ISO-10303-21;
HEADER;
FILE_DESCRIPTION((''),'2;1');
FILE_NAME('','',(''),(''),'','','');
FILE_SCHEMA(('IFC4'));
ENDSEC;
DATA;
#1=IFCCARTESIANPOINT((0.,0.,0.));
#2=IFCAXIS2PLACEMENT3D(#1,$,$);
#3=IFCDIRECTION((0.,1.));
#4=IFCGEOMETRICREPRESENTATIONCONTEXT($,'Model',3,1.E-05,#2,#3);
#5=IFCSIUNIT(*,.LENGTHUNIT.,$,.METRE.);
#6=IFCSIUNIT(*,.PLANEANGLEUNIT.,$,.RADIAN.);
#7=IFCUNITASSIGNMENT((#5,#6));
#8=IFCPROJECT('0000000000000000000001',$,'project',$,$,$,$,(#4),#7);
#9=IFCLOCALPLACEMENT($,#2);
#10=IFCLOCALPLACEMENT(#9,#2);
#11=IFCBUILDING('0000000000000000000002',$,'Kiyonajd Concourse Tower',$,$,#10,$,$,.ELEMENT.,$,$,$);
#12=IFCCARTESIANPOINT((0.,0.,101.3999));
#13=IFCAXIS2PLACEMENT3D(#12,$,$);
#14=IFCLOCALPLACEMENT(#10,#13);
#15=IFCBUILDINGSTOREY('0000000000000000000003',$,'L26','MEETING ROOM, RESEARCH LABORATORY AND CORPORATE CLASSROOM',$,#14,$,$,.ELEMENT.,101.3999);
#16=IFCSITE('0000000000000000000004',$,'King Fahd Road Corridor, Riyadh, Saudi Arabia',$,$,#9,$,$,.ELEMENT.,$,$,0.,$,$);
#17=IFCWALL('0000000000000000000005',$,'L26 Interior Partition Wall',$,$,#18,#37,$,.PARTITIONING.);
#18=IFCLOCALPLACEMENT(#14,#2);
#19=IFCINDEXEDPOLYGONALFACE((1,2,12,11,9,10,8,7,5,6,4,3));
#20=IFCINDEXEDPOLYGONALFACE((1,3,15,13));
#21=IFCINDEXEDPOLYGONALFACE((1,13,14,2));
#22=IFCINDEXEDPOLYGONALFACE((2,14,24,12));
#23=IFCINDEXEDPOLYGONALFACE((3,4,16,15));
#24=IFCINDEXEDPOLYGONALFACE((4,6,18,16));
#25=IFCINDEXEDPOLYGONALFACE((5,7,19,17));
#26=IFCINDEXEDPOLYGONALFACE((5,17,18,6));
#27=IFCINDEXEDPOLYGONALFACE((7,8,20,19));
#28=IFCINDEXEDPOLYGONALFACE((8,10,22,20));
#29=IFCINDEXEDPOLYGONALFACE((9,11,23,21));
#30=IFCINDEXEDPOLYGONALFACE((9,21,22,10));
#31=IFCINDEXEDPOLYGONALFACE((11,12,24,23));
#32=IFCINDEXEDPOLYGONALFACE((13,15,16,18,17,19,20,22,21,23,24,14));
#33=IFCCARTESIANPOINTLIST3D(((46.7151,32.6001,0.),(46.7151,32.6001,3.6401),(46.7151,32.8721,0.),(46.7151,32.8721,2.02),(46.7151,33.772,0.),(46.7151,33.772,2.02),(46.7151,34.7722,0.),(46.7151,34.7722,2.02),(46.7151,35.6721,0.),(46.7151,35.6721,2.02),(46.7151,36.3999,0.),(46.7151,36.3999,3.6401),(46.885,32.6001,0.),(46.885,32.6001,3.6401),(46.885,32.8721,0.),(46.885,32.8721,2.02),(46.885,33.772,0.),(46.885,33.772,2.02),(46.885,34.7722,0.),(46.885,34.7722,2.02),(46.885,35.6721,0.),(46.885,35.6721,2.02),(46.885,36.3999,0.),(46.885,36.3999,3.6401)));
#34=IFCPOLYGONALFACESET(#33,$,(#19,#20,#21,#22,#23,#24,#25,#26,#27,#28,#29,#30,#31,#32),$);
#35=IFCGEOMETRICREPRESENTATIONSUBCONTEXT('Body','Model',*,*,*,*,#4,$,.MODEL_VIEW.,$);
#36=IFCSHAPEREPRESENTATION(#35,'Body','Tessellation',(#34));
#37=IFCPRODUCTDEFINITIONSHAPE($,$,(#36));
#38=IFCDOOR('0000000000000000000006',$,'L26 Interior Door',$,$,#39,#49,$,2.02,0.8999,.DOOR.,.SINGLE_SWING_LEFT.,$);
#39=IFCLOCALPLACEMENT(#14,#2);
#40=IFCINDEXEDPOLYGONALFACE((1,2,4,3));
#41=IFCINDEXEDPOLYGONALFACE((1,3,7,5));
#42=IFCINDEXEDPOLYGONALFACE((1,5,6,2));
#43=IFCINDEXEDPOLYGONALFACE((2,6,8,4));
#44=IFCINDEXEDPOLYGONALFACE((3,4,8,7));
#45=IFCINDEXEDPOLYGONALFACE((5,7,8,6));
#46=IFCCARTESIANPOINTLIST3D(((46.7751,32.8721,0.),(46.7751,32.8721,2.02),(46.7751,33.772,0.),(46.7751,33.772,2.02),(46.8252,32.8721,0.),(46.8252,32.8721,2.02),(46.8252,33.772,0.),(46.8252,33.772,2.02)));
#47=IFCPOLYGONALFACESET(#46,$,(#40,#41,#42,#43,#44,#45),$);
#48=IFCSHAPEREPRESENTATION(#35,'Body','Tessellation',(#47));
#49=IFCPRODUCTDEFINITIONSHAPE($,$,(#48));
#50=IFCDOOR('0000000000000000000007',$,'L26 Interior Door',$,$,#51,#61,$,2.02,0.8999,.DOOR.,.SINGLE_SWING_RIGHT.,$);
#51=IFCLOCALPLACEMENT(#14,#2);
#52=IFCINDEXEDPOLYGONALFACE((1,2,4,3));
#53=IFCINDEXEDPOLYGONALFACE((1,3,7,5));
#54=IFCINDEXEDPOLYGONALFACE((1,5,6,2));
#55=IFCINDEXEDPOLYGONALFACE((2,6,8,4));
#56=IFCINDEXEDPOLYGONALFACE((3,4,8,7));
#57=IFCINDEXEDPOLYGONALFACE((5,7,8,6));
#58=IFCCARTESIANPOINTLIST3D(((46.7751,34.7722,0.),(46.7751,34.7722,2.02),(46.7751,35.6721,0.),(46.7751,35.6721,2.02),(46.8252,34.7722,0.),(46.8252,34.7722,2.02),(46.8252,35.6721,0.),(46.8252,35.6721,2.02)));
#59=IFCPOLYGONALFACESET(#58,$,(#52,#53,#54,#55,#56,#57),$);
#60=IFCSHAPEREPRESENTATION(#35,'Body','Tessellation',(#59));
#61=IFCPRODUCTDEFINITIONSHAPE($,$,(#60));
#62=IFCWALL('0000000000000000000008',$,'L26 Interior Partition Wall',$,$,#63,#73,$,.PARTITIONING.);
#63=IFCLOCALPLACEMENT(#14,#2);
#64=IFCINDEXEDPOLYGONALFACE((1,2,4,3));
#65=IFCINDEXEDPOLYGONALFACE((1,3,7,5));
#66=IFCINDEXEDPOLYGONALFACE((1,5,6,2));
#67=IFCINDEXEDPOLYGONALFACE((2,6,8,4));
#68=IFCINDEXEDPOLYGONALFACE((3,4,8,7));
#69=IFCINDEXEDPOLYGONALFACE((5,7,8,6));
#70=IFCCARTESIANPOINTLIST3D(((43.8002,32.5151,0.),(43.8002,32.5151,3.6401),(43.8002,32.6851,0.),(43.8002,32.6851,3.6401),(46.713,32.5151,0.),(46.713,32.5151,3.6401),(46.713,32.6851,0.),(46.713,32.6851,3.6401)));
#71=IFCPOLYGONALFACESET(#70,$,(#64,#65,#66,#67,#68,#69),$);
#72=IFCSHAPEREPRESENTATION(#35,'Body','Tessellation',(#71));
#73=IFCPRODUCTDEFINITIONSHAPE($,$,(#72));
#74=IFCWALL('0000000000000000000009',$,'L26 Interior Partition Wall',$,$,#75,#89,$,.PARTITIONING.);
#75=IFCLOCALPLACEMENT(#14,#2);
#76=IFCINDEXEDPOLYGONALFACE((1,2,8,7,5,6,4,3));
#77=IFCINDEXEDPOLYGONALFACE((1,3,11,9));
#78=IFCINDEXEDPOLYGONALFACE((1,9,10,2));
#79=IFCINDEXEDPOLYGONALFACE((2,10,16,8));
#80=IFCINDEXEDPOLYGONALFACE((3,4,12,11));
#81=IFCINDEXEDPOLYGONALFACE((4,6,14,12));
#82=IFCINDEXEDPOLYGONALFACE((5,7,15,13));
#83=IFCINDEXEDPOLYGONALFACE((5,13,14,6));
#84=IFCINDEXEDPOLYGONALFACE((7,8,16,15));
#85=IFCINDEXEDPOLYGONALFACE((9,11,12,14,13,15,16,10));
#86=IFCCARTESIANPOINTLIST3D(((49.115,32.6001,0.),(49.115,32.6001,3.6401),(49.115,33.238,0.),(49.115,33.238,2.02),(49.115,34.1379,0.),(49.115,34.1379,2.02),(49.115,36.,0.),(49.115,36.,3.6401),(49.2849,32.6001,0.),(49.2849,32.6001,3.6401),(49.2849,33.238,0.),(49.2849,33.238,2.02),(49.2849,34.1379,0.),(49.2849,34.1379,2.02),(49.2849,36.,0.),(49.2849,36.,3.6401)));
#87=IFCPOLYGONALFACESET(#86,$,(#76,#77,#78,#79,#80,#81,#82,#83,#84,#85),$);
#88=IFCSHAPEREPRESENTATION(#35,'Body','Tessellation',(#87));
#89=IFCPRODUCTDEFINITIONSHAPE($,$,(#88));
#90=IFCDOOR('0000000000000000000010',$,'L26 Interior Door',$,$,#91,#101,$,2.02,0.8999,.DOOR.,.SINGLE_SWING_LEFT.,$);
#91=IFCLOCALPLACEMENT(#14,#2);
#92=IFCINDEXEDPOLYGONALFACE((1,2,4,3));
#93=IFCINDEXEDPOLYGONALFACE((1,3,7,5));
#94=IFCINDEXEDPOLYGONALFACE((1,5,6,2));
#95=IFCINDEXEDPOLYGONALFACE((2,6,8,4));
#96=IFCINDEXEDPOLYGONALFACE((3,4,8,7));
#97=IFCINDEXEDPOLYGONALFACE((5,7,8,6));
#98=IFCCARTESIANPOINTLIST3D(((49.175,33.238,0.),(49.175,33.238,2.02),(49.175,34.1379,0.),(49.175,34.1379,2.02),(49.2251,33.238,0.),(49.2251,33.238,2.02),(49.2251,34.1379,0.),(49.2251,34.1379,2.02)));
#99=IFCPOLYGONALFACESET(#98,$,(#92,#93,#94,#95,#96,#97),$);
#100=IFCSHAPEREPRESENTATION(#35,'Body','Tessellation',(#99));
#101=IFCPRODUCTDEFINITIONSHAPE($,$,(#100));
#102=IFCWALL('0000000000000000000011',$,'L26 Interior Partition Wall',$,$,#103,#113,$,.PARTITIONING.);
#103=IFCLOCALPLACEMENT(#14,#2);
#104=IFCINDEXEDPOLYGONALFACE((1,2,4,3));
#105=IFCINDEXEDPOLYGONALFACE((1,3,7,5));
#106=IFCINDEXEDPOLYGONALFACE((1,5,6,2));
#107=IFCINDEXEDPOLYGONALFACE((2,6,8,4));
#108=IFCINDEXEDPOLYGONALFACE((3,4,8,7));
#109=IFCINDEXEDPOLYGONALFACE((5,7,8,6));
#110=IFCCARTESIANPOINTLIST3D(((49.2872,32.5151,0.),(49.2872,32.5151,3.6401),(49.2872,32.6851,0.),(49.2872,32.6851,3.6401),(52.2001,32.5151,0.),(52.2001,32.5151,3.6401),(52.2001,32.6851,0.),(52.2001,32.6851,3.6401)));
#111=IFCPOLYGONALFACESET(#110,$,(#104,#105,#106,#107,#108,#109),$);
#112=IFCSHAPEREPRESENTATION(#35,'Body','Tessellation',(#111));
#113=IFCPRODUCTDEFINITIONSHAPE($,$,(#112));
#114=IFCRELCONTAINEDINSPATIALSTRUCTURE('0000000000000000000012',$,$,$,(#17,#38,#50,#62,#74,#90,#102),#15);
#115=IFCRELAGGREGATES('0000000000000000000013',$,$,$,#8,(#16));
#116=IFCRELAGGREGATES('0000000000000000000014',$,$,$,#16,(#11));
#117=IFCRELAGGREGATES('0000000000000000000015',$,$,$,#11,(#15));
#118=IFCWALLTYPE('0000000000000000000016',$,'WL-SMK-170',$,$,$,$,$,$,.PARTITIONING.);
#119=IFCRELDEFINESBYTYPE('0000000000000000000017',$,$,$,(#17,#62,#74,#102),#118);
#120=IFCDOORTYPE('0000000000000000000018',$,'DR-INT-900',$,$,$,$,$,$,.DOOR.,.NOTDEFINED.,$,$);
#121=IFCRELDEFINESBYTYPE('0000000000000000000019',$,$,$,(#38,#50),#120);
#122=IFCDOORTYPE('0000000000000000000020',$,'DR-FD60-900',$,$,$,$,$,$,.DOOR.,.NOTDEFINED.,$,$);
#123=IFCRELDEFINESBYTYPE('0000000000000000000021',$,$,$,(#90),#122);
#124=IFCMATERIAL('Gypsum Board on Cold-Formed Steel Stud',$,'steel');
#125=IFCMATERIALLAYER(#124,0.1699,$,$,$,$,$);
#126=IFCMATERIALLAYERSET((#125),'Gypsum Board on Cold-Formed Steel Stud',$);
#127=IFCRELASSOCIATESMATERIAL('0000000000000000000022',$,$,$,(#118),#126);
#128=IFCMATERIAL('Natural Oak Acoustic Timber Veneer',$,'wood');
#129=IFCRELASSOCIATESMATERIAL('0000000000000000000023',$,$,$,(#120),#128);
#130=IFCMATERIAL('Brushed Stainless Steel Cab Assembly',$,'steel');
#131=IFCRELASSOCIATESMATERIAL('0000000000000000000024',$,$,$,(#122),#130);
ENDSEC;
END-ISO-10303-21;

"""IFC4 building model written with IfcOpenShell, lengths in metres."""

from ifc_helpers import new_model, si_unit, direction, frame, frame_2d, origin, place, context, subcontext, project, spatial, rectangle, extrude, material, layer, layer_set, type_object, element, fill, save


model = new_model("IFC4")

# Units and contexts
model_context = context("Model", 3, precision=1e-05, world=origin(), true_north=direction((0.0, 1.0)))
body_context = subcontext(model_context, "Body", "Model", "MODEL_VIEW")
ifc_project = project(units=[si_unit("LENGTHUNIT", "METRE"), si_unit("PLANEANGLEUNIT", "RADIAN")], contexts=[model_context])

# Site, building, storey
site_placement = place(None, origin())
site = spatial("IfcSite", under=ifc_project, at=site_placement, Name="King Fahd Road Corridor, Riyadh, Saudi Arabia", CompositionType="ELEMENT", RefElevation=0.0)
building_placement = place(site_placement, origin())
building = spatial("IfcBuilding", under=site, at=building_placement, Name="Kiyonajd Concourse Tower", CompositionType="ELEMENT")
storey_placement = place(building_placement, frame((0.0, 0.0, 101.3999)))
storey = spatial("IfcBuildingStorey", under=building, at=storey_placement, Name="L26", Description="MEETING ROOM, RESEARCH LABORATORY AND CORPORATE CLASSROOM", CompositionType="ELEMENT", Elevation=101.3999)

# Shared definitions
ifc_material_1 = material(Name="Gypsum Board on Cold-Formed Steel Stud", Category="steel")

# Shared definitions
ifc_material_2 = material(Name="Brushed Stainless Steel Cab Assembly", Category="steel")

# Wall, openings, doors
ifc_layer_1 = layer(ifc_material_1, 0.1699)
ifc_layer_set_1 = layer_set([ifc_layer_1], Name="Gypsum Board on Cold-Formed Steel Stud")
wall_type_1 = type_object("IfcWallType", Name="WL-SMK-170", PredefinedType="PARTITIONING", material=ifc_layer_set_1)
wall_1_placement = place(storey_placement, frame((46.8, 32.6001, 0.0), z_axis=(0.0, 0.0, 1.0), x_axis=(0.0, 1.0, 0.0)))
wall_1 = element("IfcWall", 1, at=wall_1_placement, inside=storey, type_object=wall_type_1, Name="L26 Interior Partition Wall", PredefinedType="PARTITIONING", context=body_context, shape_type="SweptSolid", body=[
    extrude(rectangle(XDim=3.7998, YDim=0.1699, at=frame_2d((1.8999, 0.0))), origin(), (0.0, 0.0, 1.0), 3.6401),
])
opening_1_placement = place(wall_1_placement, frame((0.272, 0.0, 0.0)))
opening_1 = element("IfcOpeningElement", 2, at=opening_1_placement, cuts=wall_1, PredefinedType="OPENING", context=body_context, shape_type="SweptSolid", body=[
    extrude(rectangle(XDim=0.8999, YDim=2.02, at=frame_2d((0.45, 1.01))), frame((0.0, 0.095, 0.0), z_axis=(0.0, -1.0, 0.0), x_axis=(1.0, 0.0, 0.0)), (0.0, 0.0, 1.0), 0.1899),
])
opening_2_placement = place(wall_1_placement, frame((2.1721, 0.0, 0.0)))
opening_2 = element("IfcOpeningElement", 3, at=opening_2_placement, cuts=wall_1, PredefinedType="OPENING", context=body_context, shape_type="SweptSolid", body=[
    extrude(rectangle(XDim=0.8999, YDim=2.02, at=frame_2d((0.45, 1.01))), frame((0.0, 0.095, 0.0), z_axis=(0.0, -1.0, 0.0), x_axis=(1.0, 0.0, 0.0)), (0.0, 0.0, 1.0), 0.1899),
])
ifc_material_3 = material(Name="Natural Oak Acoustic Timber Veneer", Category="wood")
door_type_1 = type_object("IfcDoorType", Name="DR-INT-900", OperationType="NOTDEFINED", PredefinedType="DOOR", material=ifc_material_3)
door_1_placement = place(opening_1_placement, origin())
door_1 = element("IfcDoor", 4, at=door_1_placement, inside=storey, type_object=door_type_1, Name="L26 Interior Door", OperationType="SINGLE_SWING_LEFT", OverallHeight=2.02, OverallWidth=0.8999, PredefinedType="DOOR", context=body_context, shape_type="SweptSolid", body=[
    extrude(rectangle(XDim=0.8999, YDim=2.02, at=frame_2d((0.45, 1.01))), frame((0.0, 0.0249, 0.0), z_axis=(0.0, -1.0, 0.0), x_axis=(1.0, 0.0, 0.0)), (0.0, 0.0, 1.0), 0.05),
])
fill(opening_1, door_1)
door_2_placement = place(opening_2_placement, origin())
door_2 = element("IfcDoor", 5, at=door_2_placement, inside=storey, type_object=door_type_1, Name="L26 Interior Door", OperationType="SINGLE_SWING_RIGHT", OverallHeight=2.02, OverallWidth=0.8999, PredefinedType="DOOR", context=body_context, shape_type="SweptSolid", body=[
    extrude(rectangle(XDim=0.8999, YDim=2.02, at=frame_2d((0.45, 1.01))), frame((0.0, 0.0249, 0.0), z_axis=(0.0, -1.0, 0.0), x_axis=(1.0, 0.0, 0.0)), (0.0, 0.0, 1.0), 0.05),
])
fill(opening_2, door_2)

# Wall
wall_2_placement = place(storey_placement, frame((43.8, 32.6001, 0.0), z_axis=(0.0, 0.0, 1.0), x_axis=(1.0, 0.0, 0.0)))
element("IfcWall", 6, at=wall_2_placement, inside=storey, type_object=wall_type_1, Name="L26 Interior Partition Wall", PredefinedType="PARTITIONING", context=body_context, shape_type="SweptSolid", body=[
    extrude(rectangle(XDim=2.9128, YDim=0.1699, at=frame_2d((1.4565, 0.0))), origin(), (0.0, 0.0, 1.0), 3.6401),
])

# Wall, opening, door
wall_3_placement = place(storey_placement, frame((49.2, 32.6001, 0.0), z_axis=(0.0, 0.0, 1.0), x_axis=(0.0, 1.0, 0.0)))
wall_3 = element("IfcWall", 7, at=wall_3_placement, inside=storey, type_object=wall_type_1, Name="L26 Interior Partition Wall", PredefinedType="PARTITIONING", context=body_context, shape_type="SweptSolid", body=[
    extrude(rectangle(XDim=3.3999, YDim=0.1699, at=frame_2d((1.7, 0.0))), origin(), (0.0, 0.0, 1.0), 3.6401),
])
opening_3_placement = place(wall_3_placement, frame((0.6379, 0.0, 0.0)))
opening_3 = element("IfcOpeningElement", 8, at=opening_3_placement, cuts=wall_3, PredefinedType="OPENING", context=body_context, shape_type="SweptSolid", body=[
    extrude(rectangle(XDim=0.8999, YDim=2.02, at=frame_2d((0.45, 1.01))), frame((0.0, 0.095, 0.0), z_axis=(0.0, -1.0, 0.0), x_axis=(1.0, 0.0, 0.0)), (0.0, 0.0, 1.0), 0.1899),
])
door_type_2 = type_object("IfcDoorType", Name="DR-FD60-900", OperationType="NOTDEFINED", PredefinedType="DOOR", material=ifc_material_2)
door_3_placement = place(opening_3_placement, origin())
door_3 = element("IfcDoor", 9, at=door_3_placement, inside=storey, type_object=door_type_2, Name="L26 Interior Door", OperationType="SINGLE_SWING_LEFT", OverallHeight=2.02, OverallWidth=0.8999, PredefinedType="DOOR", context=body_context, shape_type="SweptSolid", body=[
    extrude(rectangle(XDim=0.8999, YDim=2.02, at=frame_2d((0.45, 1.01))), frame((0.0, 0.0249, 0.0), z_axis=(0.0, -1.0, 0.0), x_axis=(1.0, 0.0, 0.0)), (0.0, 0.0, 1.0), 0.05),
])
fill(opening_3, door_3)

# Wall
wall_4_placement = place(storey_placement, frame((49.2871, 32.6001, 0.0), z_axis=(0.0, 0.0, 1.0), x_axis=(1.0, 0.0, 0.0)))
element("IfcWall", 10, at=wall_4_placement, inside=storey, type_object=wall_type_1, Name="L26 Interior Partition Wall", PredefinedType="PARTITIONING", context=body_context, shape_type="SweptSolid", body=[
    extrude(rectangle(XDim=2.9128, YDim=0.1699, at=frame_2d((1.4565, 0.0))), origin(), (0.0, 0.0, 1.0), 3.6401),
])

save(model, "model.ifc")
